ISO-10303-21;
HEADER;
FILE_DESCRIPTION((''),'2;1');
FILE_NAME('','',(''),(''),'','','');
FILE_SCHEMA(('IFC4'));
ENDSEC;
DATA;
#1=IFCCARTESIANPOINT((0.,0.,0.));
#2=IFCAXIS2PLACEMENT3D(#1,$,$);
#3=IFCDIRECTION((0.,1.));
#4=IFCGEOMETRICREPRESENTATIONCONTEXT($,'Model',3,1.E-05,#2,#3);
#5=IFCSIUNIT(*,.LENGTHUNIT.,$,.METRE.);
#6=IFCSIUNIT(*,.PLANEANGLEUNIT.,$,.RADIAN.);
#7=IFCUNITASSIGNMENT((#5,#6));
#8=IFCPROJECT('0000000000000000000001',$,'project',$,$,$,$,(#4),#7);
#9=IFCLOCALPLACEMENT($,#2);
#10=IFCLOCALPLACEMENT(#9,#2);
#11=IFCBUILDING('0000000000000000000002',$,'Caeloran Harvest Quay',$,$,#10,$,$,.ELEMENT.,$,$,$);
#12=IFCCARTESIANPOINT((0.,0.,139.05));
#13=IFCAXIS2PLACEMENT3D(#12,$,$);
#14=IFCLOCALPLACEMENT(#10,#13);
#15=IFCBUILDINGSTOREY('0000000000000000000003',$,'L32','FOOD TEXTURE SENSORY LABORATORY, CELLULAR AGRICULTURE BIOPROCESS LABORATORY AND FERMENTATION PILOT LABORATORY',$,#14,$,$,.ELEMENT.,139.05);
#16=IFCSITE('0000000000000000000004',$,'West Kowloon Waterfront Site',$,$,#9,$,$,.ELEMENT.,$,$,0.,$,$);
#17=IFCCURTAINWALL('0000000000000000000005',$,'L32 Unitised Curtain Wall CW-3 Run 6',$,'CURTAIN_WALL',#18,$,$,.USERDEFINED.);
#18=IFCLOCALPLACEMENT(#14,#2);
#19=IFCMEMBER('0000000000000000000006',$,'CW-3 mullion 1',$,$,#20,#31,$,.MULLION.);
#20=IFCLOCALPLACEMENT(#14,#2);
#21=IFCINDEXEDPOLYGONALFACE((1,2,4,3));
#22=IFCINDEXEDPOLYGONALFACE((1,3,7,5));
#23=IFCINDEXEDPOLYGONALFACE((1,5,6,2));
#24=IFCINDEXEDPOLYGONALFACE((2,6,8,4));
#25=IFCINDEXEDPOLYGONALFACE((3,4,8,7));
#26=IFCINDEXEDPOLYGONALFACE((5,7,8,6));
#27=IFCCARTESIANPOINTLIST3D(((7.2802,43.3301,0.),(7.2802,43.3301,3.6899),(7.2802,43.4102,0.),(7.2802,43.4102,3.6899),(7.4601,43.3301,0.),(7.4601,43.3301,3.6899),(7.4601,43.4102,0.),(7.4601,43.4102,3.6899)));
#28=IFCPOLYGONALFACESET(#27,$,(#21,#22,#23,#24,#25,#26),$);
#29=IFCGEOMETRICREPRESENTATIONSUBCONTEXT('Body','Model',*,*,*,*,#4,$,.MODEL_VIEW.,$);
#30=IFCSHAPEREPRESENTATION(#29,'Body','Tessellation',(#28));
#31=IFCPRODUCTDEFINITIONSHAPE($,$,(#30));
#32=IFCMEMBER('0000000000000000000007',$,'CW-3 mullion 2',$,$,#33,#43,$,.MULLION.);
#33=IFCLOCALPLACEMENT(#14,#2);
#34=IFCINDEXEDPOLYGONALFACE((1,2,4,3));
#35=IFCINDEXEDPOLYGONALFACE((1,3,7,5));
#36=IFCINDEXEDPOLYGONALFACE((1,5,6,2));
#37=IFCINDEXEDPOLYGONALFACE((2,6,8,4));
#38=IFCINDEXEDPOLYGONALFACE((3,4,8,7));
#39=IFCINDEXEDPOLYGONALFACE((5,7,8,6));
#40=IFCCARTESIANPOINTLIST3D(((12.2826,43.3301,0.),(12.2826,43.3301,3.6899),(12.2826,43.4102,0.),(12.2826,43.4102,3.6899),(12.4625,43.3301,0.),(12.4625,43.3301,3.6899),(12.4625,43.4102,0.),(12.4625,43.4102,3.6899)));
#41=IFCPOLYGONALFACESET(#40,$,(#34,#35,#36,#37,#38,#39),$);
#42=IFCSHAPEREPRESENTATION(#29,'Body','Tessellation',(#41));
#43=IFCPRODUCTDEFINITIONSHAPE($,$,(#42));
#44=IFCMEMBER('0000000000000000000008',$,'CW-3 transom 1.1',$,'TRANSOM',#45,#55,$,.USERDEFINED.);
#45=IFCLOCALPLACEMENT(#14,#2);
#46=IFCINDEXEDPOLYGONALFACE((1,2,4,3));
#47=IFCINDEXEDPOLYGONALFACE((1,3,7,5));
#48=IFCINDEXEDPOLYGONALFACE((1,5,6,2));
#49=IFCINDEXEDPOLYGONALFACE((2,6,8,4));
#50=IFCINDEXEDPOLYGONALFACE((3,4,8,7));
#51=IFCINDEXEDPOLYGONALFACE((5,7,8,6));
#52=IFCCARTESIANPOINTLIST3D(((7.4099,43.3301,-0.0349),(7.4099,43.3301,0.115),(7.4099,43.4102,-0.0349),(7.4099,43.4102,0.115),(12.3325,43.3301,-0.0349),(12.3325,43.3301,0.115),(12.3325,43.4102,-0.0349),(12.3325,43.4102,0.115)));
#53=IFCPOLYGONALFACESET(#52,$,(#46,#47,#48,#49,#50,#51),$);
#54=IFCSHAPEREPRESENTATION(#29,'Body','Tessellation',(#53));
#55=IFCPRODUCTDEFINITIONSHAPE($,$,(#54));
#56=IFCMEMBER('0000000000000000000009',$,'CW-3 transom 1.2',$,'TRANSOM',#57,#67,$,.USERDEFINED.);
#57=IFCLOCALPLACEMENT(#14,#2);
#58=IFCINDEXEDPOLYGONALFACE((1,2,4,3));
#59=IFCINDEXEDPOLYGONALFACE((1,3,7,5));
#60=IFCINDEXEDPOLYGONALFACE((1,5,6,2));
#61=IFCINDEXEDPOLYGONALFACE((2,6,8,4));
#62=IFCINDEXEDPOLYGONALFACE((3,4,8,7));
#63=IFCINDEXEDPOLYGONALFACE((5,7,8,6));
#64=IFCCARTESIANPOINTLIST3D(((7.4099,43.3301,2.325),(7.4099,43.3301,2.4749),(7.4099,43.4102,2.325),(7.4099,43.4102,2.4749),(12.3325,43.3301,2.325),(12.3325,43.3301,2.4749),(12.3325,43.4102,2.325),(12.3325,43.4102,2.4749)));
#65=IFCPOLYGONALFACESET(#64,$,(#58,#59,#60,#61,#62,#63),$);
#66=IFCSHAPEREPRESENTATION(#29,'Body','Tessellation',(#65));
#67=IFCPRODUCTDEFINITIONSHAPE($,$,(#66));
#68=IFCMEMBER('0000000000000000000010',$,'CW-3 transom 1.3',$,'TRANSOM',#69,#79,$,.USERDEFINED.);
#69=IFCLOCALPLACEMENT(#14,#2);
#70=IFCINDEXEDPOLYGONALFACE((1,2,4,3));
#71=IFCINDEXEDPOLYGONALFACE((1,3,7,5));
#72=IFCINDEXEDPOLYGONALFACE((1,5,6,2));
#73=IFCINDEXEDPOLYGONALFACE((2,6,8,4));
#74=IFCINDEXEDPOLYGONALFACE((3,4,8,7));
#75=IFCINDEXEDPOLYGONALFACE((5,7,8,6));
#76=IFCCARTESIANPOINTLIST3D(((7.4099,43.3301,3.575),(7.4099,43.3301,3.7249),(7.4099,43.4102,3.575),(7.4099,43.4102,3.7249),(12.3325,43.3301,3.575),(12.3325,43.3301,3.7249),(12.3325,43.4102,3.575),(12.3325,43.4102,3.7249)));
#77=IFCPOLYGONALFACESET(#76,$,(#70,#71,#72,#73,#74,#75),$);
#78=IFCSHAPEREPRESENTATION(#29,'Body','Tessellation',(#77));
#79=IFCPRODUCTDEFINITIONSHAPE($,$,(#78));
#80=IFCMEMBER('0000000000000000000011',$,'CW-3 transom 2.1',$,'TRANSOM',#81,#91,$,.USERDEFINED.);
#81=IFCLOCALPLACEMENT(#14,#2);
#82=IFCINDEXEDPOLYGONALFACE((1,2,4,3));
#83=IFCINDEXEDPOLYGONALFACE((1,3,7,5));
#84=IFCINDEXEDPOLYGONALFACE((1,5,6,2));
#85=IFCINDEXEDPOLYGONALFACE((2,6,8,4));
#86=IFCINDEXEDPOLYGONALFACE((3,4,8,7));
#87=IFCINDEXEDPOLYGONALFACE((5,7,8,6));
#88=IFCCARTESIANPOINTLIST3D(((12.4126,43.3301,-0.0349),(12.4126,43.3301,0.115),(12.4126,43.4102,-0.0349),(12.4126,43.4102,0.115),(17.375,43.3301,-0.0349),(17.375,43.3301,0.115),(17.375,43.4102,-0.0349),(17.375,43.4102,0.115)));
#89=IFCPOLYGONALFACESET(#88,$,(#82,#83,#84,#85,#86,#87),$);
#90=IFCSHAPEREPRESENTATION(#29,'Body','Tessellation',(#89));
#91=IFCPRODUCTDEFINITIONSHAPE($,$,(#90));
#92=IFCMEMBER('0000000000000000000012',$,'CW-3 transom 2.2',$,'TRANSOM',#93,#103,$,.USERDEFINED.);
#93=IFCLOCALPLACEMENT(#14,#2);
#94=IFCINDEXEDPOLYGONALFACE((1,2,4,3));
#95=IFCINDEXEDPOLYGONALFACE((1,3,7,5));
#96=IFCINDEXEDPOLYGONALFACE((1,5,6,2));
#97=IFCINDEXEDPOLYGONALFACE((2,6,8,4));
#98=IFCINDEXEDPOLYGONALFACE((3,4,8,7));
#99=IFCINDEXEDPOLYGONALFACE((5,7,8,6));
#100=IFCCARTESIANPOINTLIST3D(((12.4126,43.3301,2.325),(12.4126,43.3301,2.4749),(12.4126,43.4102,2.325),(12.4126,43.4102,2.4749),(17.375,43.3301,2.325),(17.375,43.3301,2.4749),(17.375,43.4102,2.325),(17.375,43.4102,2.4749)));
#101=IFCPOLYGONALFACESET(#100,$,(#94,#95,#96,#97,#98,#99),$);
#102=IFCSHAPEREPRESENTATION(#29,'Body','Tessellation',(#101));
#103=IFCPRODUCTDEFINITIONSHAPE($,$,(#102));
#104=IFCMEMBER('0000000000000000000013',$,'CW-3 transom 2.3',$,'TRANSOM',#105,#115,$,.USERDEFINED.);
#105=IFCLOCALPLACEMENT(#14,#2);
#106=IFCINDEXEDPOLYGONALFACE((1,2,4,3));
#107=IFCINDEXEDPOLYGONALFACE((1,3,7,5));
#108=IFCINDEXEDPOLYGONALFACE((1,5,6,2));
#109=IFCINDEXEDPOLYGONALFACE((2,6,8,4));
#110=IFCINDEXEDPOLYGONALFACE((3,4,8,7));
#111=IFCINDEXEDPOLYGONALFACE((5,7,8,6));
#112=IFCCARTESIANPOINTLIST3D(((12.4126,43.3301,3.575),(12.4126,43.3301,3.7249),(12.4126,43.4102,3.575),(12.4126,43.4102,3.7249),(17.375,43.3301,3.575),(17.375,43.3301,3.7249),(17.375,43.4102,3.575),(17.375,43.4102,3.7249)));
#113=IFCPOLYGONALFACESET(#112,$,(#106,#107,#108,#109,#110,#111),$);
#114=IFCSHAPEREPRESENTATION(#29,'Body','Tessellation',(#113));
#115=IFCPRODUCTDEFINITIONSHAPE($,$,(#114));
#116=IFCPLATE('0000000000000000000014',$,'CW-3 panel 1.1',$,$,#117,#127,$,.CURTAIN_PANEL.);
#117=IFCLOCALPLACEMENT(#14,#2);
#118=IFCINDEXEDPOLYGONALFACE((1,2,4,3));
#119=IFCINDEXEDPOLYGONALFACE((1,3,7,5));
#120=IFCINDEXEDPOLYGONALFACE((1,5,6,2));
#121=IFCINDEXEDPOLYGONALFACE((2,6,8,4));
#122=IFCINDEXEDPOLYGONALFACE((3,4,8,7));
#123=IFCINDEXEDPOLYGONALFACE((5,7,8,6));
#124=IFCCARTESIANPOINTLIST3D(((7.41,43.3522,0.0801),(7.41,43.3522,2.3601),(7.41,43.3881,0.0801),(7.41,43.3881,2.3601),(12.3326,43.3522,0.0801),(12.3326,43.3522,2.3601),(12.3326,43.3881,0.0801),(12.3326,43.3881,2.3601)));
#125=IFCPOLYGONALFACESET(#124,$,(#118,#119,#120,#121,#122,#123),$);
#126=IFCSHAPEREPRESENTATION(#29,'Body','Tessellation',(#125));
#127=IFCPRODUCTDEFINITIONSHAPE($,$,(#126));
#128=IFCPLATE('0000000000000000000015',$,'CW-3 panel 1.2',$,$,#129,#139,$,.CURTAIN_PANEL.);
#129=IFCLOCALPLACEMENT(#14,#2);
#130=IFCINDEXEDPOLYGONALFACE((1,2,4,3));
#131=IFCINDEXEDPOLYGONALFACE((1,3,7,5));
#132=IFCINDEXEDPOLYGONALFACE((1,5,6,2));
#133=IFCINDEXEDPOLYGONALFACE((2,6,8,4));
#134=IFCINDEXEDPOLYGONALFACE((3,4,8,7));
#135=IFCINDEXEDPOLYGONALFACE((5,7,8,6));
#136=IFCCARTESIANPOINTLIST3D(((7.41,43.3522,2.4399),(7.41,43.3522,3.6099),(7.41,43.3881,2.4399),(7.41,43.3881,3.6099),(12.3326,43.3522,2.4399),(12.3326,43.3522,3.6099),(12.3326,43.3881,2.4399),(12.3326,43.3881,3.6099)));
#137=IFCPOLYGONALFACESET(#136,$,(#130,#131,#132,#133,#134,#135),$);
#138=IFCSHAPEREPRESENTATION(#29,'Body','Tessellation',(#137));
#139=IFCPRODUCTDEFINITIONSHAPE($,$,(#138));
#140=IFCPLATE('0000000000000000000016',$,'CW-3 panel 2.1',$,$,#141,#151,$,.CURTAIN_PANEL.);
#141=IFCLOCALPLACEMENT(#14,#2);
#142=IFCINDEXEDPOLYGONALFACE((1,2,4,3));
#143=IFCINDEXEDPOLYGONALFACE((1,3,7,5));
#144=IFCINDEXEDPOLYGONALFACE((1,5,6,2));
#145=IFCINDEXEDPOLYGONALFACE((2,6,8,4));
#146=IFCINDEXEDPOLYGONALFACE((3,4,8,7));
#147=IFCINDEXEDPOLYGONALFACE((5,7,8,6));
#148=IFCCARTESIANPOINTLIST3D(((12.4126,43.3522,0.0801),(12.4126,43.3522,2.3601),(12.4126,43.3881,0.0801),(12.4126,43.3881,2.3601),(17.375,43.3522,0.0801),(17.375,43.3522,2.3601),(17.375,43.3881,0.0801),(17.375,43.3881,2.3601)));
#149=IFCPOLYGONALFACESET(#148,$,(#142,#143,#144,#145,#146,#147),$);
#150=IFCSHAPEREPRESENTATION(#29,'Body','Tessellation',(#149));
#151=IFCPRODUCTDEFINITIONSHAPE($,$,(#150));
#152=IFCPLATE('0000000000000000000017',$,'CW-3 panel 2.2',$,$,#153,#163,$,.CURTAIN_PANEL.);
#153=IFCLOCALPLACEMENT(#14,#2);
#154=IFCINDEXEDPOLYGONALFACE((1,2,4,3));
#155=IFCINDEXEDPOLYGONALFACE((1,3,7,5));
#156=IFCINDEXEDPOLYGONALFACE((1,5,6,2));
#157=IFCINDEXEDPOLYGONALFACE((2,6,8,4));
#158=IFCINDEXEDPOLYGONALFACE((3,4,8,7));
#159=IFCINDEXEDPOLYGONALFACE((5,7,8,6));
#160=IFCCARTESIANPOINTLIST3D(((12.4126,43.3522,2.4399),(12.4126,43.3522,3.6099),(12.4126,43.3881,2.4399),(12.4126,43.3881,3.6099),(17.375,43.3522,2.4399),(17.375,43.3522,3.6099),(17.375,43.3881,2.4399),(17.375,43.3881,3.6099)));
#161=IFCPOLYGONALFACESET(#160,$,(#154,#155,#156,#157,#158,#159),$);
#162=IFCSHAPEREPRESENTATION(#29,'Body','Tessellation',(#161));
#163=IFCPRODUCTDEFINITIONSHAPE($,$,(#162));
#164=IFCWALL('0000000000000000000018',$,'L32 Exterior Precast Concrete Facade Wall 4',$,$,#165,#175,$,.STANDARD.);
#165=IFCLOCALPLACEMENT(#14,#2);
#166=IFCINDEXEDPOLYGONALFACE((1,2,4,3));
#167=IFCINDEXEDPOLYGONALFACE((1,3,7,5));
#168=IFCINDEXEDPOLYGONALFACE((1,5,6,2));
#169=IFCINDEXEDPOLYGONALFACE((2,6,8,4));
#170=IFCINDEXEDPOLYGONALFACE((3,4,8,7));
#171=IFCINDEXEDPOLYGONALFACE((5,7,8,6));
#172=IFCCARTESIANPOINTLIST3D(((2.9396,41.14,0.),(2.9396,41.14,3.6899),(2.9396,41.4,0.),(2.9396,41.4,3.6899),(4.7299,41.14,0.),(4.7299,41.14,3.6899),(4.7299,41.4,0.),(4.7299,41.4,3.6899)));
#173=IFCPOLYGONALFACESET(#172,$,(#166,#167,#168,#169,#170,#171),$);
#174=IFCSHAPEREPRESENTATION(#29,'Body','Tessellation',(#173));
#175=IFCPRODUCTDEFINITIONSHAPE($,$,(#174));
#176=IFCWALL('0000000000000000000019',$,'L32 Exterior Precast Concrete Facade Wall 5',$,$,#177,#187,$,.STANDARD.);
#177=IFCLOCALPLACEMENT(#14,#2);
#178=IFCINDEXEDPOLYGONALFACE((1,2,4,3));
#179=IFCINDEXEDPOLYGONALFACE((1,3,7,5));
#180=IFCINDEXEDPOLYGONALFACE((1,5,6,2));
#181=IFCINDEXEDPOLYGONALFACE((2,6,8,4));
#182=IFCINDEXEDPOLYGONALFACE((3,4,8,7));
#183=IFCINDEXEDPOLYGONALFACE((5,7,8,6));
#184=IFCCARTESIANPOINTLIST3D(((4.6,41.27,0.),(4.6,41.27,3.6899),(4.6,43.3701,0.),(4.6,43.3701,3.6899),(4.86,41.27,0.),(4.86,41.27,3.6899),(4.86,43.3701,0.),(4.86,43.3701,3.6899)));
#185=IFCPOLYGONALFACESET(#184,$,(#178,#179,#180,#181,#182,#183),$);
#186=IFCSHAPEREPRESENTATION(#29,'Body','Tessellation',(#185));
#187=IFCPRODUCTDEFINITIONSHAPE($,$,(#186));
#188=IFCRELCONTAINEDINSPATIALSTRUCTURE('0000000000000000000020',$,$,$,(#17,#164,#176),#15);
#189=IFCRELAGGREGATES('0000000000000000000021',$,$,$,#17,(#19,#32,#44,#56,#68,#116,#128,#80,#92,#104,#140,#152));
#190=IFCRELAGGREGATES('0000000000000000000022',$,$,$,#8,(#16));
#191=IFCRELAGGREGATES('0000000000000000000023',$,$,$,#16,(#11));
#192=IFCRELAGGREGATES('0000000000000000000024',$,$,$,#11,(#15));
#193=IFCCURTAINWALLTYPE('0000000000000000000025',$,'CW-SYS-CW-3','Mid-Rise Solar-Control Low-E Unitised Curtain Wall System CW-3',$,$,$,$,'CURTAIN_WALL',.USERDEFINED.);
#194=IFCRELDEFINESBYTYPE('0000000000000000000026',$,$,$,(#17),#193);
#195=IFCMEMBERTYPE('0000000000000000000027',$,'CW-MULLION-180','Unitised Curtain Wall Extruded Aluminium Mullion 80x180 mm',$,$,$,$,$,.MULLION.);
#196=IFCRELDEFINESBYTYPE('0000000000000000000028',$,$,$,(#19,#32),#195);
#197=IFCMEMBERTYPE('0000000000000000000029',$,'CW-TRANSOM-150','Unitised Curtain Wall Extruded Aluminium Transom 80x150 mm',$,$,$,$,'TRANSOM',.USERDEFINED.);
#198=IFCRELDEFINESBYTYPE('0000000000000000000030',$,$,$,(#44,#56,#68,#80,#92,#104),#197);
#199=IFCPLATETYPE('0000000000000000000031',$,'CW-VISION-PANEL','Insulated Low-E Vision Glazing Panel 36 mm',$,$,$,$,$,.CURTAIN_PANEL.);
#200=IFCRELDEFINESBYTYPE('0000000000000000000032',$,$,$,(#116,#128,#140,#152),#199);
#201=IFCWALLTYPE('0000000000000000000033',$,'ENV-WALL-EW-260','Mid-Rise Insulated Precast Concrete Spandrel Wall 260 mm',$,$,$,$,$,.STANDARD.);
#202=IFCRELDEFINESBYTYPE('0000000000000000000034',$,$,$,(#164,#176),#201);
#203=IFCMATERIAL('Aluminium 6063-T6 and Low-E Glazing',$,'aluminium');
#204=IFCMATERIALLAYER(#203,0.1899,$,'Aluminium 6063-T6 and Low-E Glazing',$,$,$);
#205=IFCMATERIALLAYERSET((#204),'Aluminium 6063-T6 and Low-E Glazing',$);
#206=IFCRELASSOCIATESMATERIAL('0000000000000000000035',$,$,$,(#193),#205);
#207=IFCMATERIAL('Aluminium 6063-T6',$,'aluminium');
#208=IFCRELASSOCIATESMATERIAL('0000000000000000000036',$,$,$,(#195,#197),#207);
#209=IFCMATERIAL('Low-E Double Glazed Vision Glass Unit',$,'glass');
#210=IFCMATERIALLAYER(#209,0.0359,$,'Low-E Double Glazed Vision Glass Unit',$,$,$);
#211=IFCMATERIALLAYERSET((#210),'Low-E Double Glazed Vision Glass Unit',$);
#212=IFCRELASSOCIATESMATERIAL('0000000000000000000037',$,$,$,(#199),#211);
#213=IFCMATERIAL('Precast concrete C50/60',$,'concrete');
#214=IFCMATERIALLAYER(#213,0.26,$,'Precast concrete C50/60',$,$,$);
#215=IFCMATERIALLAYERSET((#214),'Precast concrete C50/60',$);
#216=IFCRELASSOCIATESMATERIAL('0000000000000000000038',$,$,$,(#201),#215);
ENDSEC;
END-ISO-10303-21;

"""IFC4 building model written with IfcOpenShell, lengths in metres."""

from ifc_helpers import new_model, si_unit, direction, frame, frame_2d, origin, origin_2d, place, context, subcontext, project, spatial, rectangle, extrude, material, layer, layer_set, material_profile, profile_set, type_object, element, aggregate, save


model = new_model("IFC4")

# Units and contexts
model_context = context("Model", 3, precision=1e-05, world=origin(), true_north=direction((0.0, 1.0)))
body_context = subcontext(model_context, "Body", "Model", "MODEL_VIEW")
ifc_project = project(units=[si_unit("LENGTHUNIT", "METRE"), si_unit("PLANEANGLEUNIT", "RADIAN")], contexts=[model_context])

# Site, building, storey
site_placement = place(None, origin())
site = spatial("IfcSite", under=ifc_project, at=site_placement, Name="West Kowloon Waterfront Site", CompositionType="ELEMENT", RefElevation=0.0)
building_placement = place(site_placement, origin())
building = spatial("IfcBuilding", under=site, at=building_placement, Name="Caeloran Harvest Quay", CompositionType="ELEMENT")
storey_placement = place(building_placement, frame((0.0, 0.0, 139.05)))
storey = spatial("IfcBuildingStorey", under=building, at=storey_placement, Name="L32", Description="FOOD TEXTURE SENSORY LABORATORY, CELLULAR AGRICULTURE BIOPROCESS LABORATORY AND FERMENTATION PILOT LABORATORY", CompositionType="ELEMENT", Elevation=139.05)

# Curtain wall, members, plates
ifc_material_1 = material(Name="Aluminium 6063-T6 and Low-E Glazing", Category="aluminium")
ifc_layer_1 = layer(ifc_material_1, 0.1899, Name="Aluminium 6063-T6 and Low-E Glazing")
ifc_layer_set_1 = layer_set([ifc_layer_1], Name="Aluminium 6063-T6 and Low-E Glazing")
curtain_wall_type = type_object("IfcCurtainWallType", Name="CW-SYS-CW-3", Description="Mid-Rise Solar-Control Low-E Unitised Curtain Wall System CW-3", ElementType="CURTAIN_WALL", PredefinedType="USERDEFINED", material=ifc_layer_set_1)
curtain_wall_placement = place(storey_placement, origin())
curtain_wall = element("IfcCurtainWall", 1, at=curtain_wall_placement, inside=storey, type_object=curtain_wall_type, Name="L32 Unitised Curtain Wall CW-3 Run 6", ObjectType="CURTAIN_WALL", PredefinedType="USERDEFINED")
ifc_material_2 = material(Name="Aluminium 6063-T6", Category="aluminium")
ifc_material_profile_1 = material_profile(ifc_material_2, rectangle(XDim=0.0801, YDim=0.1799, at=origin_2d()), Name="CW-MULLION-180")
ifc_profile_set_1 = profile_set([ifc_material_profile_1], Name="Aluminium 6063-T6")
member_type_1 = type_object("IfcMemberType", Name="CW-MULLION-180", Description="Unitised Curtain Wall Extruded Aluminium Mullion 80x180 mm", PredefinedType="MULLION", material=ifc_profile_set_1)
member_1_placement = place(storey_placement, frame((7.3701, 43.3701, 0.0), z_axis=(0.0, 0.0, 1.0), x_axis=(0.0, 1.0, 0.0)))
member_1 = element("IfcMember", 2, at=member_1_placement, type_object=member_type_1, Name="CW-3 mullion 1", PredefinedType="MULLION", context=body_context, shape_type="SweptSolid", body=[
    extrude(rectangle(XDim=0.0801, YDim=0.1799, at=origin_2d()), origin(), (0.0, 0.0, 1.0), 3.6899),
])
member_2_placement = place(storey_placement, frame((12.3726, 43.3701, 0.0), z_axis=(0.0, 0.0, 1.0), x_axis=(0.0, 1.0, 0.0)))
member_2 = element("IfcMember", 3, at=member_2_placement, type_object=member_type_1, Name="CW-3 mullion 2", PredefinedType="MULLION", context=body_context, shape_type="SweptSolid", body=[
    extrude(rectangle(XDim=0.0801, YDim=0.1799, at=origin_2d()), origin(), (0.0, 0.0, 1.0), 3.6899),
])
ifc_material_profile_2 = material_profile(ifc_material_2, rectangle(XDim=0.0801, YDim=0.1499, at=origin_2d()), Name="CW-TRANSOM-150")
ifc_profile_set_2 = profile_set([ifc_material_profile_2], Name="Aluminium 6063-T6")
member_type_2 = type_object("IfcMemberType", Name="CW-TRANSOM-150", Description="Unitised Curtain Wall Extruded Aluminium Transom 80x150 mm", ElementType="TRANSOM", PredefinedType="USERDEFINED", material=ifc_profile_set_2)
member_3_placement = place(storey_placement, frame((7.4099, 43.3701, 0.04), z_axis=(1.0, 0.0, 0.0), x_axis=(0.0, 1.0, 0.0)))
member_3 = element("IfcMember", 4, at=member_3_placement, type_object=member_type_2, Name="CW-3 transom 1.1", ObjectType="TRANSOM", PredefinedType="USERDEFINED", context=body_context, shape_type="SweptSolid", body=[
    extrude(rectangle(XDim=0.0801, YDim=0.1499, at=origin_2d()), origin(), (0.0, 0.0, 1.0), 4.9226),
])
member_4_placement = place(storey_placement, frame((7.4099, 43.3701, 2.3999), z_axis=(1.0, 0.0, 0.0), x_axis=(0.0, 1.0, 0.0)))
member_4 = element("IfcMember", 5, at=member_4_placement, type_object=member_type_2, Name="CW-3 transom 1.2", ObjectType="TRANSOM", PredefinedType="USERDEFINED", context=body_context, shape_type="SweptSolid", body=[
    extrude(rectangle(XDim=0.0801, YDim=0.1499, at=origin_2d()), origin(), (0.0, 0.0, 1.0), 4.9226),
])
member_5_placement = place(storey_placement, frame((7.4099, 43.3701, 3.6499), z_axis=(1.0, 0.0, 0.0), x_axis=(0.0, 1.0, 0.0)))
member_5 = element("IfcMember", 6, at=member_5_placement, type_object=member_type_2, Name="CW-3 transom 1.3", ObjectType="TRANSOM", PredefinedType="USERDEFINED", context=body_context, shape_type="SweptSolid", body=[
    extrude(rectangle(XDim=0.0801, YDim=0.1499, at=origin_2d()), origin(), (0.0, 0.0, 1.0), 4.9226),
])
member_6_placement = place(storey_placement, frame((12.4126, 43.3701, 0.04), z_axis=(1.0, 0.0, 0.0), x_axis=(0.0, 1.0, 0.0)))
member_6 = element("IfcMember", 7, at=member_6_placement, type_object=member_type_2, Name="CW-3 transom 2.1", ObjectType="TRANSOM", PredefinedType="USERDEFINED", context=body_context, shape_type="SweptSolid", body=[
    extrude(rectangle(XDim=0.0801, YDim=0.1499, at=origin_2d()), origin(), (0.0, 0.0, 1.0), 4.9624),
])
member_7_placement = place(storey_placement, frame((12.4126, 43.3701, 2.3999), z_axis=(1.0, 0.0, 0.0), x_axis=(0.0, 1.0, 0.0)))
member_7 = element("IfcMember", 8, at=member_7_placement, type_object=member_type_2, Name="CW-3 transom 2.2", ObjectType="TRANSOM", PredefinedType="USERDEFINED", context=body_context, shape_type="SweptSolid", body=[
    extrude(rectangle(XDim=0.0801, YDim=0.1499, at=origin_2d()), origin(), (0.0, 0.0, 1.0), 4.9624),
])
member_8_placement = place(storey_placement, frame((12.4126, 43.3701, 3.6499), z_axis=(1.0, 0.0, 0.0), x_axis=(0.0, 1.0, 0.0)))
member_8 = element("IfcMember", 9, at=member_8_placement, type_object=member_type_2, Name="CW-3 transom 2.3", ObjectType="TRANSOM", PredefinedType="USERDEFINED", context=body_context, shape_type="SweptSolid", body=[
    extrude(rectangle(XDim=0.0801, YDim=0.1499, at=origin_2d()), origin(), (0.0, 0.0, 1.0), 4.9624),
])
ifc_material_3 = material(Name="Low-E Double Glazed Vision Glass Unit", Category="glass")
ifc_layer_2 = layer(ifc_material_3, 0.0359, Name="Low-E Double Glazed Vision Glass Unit")
ifc_layer_set_2 = layer_set([ifc_layer_2], Name="Low-E Double Glazed Vision Glass Unit")
plate_type = type_object("IfcPlateType", Name="CW-VISION-PANEL", Description="Insulated Low-E Vision Glazing Panel 36 mm", PredefinedType="CURTAIN_PANEL", material=ifc_layer_set_2)
plate_1_placement = place(storey_placement, frame((9.8713, 43.3701, 0.0801), z_axis=(0.0, 0.0, 1.0), x_axis=(1.0, 0.0, 0.0)))
plate_1 = element("IfcPlate", 10, at=plate_1_placement, type_object=plate_type, Name="CW-3 panel 1.1", PredefinedType="CURTAIN_PANEL", context=body_context, shape_type="SweptSolid", body=[
    extrude(rectangle(XDim=4.9226, YDim=0.0359, at=origin_2d()), origin(), (0.0, 0.0, 1.0), 2.28),
])
plate_2_placement = place(storey_placement, frame((9.8713, 43.3701, 2.4399), z_axis=(0.0, 0.0, 1.0), x_axis=(1.0, 0.0, 0.0)))
plate_2 = element("IfcPlate", 11, at=plate_2_placement, type_object=plate_type, Name="CW-3 panel 1.2", PredefinedType="CURTAIN_PANEL", context=body_context, shape_type="SweptSolid", body=[
    extrude(rectangle(XDim=4.9226, YDim=0.0359, at=origin_2d()), origin(), (0.0, 0.0, 1.0), 1.1699),
])
plate_3_placement = place(storey_placement, frame((14.8938, 43.3701, 0.0801), z_axis=(0.0, 0.0, 1.0), x_axis=(1.0, 0.0, 0.0)))
plate_3 = element("IfcPlate", 12, at=plate_3_placement, type_object=plate_type, Name="CW-3 panel 2.1", PredefinedType="CURTAIN_PANEL", context=body_context, shape_type="SweptSolid", body=[
    extrude(rectangle(XDim=4.9624, YDim=0.0359, at=origin_2d()), origin(), (0.0, 0.0, 1.0), 2.28),
])
plate_4_placement = place(storey_placement, frame((14.8938, 43.3701, 2.4399), z_axis=(0.0, 0.0, 1.0), x_axis=(1.0, 0.0, 0.0)))
plate_4 = element("IfcPlate", 13, at=plate_4_placement, type_object=plate_type, Name="CW-3 panel 2.2", PredefinedType="CURTAIN_PANEL", context=body_context, shape_type="SweptSolid", body=[
    extrude(rectangle(XDim=4.9624, YDim=0.0359, at=origin_2d()), origin(), (0.0, 0.0, 1.0), 1.1699),
])
aggregate(curtain_wall, [member_1, member_2, member_3, member_4, member_5, plate_1, plate_2, member_6, member_7, member_8, plate_3, plate_4])

# Walls
ifc_material_4 = material(Name="Precast concrete C50/60", Category="concrete")
ifc_layer_3 = layer(ifc_material_4, 0.26, Name="Precast concrete C50/60")
ifc_layer_set_3 = layer_set([ifc_layer_3], Name="Precast concrete C50/60")
wall_type_1 = type_object("IfcWallType", Name="ENV-WALL-EW-260", Description="Mid-Rise Insulated Precast Concrete Spandrel Wall 260 mm", PredefinedType="STANDARD", material=ifc_layer_set_3)
wall_1_placement = place(storey_placement, frame((2.9397, 41.27, 0.0), z_axis=(0.0, 0.0, 1.0), x_axis=(1.0, 0.0, 0.0)))
element("IfcWall", 14, at=wall_1_placement, inside=storey, type_object=wall_type_1, Name="L32 Exterior Precast Concrete Facade Wall 4", PredefinedType="STANDARD", context=body_context, shape_type="SweptSolid", body=[
    extrude(rectangle(XDim=1.7903, YDim=0.26, at=frame_2d((0.895, 0.0))), origin(), (0.0, 0.0, 1.0), 3.6899),
])
wall_2_placement = place(storey_placement, frame((4.73, 41.27, 0.0), z_axis=(0.0, 0.0, 1.0), x_axis=(0.0, 1.0, 0.0)))
element("IfcWall", 15, at=wall_2_placement, inside=storey, type_object=wall_type_1, Name="L32 Exterior Precast Concrete Facade Wall 5", PredefinedType="STANDARD", context=body_context, shape_type="SweptSolid", body=[
    extrude(rectangle(XDim=2.1001, YDim=0.26, at=frame_2d((1.05, 0.0))), origin(), (0.0, 0.0, 1.0), 3.6899),
])

save(model, "model.ifc")
